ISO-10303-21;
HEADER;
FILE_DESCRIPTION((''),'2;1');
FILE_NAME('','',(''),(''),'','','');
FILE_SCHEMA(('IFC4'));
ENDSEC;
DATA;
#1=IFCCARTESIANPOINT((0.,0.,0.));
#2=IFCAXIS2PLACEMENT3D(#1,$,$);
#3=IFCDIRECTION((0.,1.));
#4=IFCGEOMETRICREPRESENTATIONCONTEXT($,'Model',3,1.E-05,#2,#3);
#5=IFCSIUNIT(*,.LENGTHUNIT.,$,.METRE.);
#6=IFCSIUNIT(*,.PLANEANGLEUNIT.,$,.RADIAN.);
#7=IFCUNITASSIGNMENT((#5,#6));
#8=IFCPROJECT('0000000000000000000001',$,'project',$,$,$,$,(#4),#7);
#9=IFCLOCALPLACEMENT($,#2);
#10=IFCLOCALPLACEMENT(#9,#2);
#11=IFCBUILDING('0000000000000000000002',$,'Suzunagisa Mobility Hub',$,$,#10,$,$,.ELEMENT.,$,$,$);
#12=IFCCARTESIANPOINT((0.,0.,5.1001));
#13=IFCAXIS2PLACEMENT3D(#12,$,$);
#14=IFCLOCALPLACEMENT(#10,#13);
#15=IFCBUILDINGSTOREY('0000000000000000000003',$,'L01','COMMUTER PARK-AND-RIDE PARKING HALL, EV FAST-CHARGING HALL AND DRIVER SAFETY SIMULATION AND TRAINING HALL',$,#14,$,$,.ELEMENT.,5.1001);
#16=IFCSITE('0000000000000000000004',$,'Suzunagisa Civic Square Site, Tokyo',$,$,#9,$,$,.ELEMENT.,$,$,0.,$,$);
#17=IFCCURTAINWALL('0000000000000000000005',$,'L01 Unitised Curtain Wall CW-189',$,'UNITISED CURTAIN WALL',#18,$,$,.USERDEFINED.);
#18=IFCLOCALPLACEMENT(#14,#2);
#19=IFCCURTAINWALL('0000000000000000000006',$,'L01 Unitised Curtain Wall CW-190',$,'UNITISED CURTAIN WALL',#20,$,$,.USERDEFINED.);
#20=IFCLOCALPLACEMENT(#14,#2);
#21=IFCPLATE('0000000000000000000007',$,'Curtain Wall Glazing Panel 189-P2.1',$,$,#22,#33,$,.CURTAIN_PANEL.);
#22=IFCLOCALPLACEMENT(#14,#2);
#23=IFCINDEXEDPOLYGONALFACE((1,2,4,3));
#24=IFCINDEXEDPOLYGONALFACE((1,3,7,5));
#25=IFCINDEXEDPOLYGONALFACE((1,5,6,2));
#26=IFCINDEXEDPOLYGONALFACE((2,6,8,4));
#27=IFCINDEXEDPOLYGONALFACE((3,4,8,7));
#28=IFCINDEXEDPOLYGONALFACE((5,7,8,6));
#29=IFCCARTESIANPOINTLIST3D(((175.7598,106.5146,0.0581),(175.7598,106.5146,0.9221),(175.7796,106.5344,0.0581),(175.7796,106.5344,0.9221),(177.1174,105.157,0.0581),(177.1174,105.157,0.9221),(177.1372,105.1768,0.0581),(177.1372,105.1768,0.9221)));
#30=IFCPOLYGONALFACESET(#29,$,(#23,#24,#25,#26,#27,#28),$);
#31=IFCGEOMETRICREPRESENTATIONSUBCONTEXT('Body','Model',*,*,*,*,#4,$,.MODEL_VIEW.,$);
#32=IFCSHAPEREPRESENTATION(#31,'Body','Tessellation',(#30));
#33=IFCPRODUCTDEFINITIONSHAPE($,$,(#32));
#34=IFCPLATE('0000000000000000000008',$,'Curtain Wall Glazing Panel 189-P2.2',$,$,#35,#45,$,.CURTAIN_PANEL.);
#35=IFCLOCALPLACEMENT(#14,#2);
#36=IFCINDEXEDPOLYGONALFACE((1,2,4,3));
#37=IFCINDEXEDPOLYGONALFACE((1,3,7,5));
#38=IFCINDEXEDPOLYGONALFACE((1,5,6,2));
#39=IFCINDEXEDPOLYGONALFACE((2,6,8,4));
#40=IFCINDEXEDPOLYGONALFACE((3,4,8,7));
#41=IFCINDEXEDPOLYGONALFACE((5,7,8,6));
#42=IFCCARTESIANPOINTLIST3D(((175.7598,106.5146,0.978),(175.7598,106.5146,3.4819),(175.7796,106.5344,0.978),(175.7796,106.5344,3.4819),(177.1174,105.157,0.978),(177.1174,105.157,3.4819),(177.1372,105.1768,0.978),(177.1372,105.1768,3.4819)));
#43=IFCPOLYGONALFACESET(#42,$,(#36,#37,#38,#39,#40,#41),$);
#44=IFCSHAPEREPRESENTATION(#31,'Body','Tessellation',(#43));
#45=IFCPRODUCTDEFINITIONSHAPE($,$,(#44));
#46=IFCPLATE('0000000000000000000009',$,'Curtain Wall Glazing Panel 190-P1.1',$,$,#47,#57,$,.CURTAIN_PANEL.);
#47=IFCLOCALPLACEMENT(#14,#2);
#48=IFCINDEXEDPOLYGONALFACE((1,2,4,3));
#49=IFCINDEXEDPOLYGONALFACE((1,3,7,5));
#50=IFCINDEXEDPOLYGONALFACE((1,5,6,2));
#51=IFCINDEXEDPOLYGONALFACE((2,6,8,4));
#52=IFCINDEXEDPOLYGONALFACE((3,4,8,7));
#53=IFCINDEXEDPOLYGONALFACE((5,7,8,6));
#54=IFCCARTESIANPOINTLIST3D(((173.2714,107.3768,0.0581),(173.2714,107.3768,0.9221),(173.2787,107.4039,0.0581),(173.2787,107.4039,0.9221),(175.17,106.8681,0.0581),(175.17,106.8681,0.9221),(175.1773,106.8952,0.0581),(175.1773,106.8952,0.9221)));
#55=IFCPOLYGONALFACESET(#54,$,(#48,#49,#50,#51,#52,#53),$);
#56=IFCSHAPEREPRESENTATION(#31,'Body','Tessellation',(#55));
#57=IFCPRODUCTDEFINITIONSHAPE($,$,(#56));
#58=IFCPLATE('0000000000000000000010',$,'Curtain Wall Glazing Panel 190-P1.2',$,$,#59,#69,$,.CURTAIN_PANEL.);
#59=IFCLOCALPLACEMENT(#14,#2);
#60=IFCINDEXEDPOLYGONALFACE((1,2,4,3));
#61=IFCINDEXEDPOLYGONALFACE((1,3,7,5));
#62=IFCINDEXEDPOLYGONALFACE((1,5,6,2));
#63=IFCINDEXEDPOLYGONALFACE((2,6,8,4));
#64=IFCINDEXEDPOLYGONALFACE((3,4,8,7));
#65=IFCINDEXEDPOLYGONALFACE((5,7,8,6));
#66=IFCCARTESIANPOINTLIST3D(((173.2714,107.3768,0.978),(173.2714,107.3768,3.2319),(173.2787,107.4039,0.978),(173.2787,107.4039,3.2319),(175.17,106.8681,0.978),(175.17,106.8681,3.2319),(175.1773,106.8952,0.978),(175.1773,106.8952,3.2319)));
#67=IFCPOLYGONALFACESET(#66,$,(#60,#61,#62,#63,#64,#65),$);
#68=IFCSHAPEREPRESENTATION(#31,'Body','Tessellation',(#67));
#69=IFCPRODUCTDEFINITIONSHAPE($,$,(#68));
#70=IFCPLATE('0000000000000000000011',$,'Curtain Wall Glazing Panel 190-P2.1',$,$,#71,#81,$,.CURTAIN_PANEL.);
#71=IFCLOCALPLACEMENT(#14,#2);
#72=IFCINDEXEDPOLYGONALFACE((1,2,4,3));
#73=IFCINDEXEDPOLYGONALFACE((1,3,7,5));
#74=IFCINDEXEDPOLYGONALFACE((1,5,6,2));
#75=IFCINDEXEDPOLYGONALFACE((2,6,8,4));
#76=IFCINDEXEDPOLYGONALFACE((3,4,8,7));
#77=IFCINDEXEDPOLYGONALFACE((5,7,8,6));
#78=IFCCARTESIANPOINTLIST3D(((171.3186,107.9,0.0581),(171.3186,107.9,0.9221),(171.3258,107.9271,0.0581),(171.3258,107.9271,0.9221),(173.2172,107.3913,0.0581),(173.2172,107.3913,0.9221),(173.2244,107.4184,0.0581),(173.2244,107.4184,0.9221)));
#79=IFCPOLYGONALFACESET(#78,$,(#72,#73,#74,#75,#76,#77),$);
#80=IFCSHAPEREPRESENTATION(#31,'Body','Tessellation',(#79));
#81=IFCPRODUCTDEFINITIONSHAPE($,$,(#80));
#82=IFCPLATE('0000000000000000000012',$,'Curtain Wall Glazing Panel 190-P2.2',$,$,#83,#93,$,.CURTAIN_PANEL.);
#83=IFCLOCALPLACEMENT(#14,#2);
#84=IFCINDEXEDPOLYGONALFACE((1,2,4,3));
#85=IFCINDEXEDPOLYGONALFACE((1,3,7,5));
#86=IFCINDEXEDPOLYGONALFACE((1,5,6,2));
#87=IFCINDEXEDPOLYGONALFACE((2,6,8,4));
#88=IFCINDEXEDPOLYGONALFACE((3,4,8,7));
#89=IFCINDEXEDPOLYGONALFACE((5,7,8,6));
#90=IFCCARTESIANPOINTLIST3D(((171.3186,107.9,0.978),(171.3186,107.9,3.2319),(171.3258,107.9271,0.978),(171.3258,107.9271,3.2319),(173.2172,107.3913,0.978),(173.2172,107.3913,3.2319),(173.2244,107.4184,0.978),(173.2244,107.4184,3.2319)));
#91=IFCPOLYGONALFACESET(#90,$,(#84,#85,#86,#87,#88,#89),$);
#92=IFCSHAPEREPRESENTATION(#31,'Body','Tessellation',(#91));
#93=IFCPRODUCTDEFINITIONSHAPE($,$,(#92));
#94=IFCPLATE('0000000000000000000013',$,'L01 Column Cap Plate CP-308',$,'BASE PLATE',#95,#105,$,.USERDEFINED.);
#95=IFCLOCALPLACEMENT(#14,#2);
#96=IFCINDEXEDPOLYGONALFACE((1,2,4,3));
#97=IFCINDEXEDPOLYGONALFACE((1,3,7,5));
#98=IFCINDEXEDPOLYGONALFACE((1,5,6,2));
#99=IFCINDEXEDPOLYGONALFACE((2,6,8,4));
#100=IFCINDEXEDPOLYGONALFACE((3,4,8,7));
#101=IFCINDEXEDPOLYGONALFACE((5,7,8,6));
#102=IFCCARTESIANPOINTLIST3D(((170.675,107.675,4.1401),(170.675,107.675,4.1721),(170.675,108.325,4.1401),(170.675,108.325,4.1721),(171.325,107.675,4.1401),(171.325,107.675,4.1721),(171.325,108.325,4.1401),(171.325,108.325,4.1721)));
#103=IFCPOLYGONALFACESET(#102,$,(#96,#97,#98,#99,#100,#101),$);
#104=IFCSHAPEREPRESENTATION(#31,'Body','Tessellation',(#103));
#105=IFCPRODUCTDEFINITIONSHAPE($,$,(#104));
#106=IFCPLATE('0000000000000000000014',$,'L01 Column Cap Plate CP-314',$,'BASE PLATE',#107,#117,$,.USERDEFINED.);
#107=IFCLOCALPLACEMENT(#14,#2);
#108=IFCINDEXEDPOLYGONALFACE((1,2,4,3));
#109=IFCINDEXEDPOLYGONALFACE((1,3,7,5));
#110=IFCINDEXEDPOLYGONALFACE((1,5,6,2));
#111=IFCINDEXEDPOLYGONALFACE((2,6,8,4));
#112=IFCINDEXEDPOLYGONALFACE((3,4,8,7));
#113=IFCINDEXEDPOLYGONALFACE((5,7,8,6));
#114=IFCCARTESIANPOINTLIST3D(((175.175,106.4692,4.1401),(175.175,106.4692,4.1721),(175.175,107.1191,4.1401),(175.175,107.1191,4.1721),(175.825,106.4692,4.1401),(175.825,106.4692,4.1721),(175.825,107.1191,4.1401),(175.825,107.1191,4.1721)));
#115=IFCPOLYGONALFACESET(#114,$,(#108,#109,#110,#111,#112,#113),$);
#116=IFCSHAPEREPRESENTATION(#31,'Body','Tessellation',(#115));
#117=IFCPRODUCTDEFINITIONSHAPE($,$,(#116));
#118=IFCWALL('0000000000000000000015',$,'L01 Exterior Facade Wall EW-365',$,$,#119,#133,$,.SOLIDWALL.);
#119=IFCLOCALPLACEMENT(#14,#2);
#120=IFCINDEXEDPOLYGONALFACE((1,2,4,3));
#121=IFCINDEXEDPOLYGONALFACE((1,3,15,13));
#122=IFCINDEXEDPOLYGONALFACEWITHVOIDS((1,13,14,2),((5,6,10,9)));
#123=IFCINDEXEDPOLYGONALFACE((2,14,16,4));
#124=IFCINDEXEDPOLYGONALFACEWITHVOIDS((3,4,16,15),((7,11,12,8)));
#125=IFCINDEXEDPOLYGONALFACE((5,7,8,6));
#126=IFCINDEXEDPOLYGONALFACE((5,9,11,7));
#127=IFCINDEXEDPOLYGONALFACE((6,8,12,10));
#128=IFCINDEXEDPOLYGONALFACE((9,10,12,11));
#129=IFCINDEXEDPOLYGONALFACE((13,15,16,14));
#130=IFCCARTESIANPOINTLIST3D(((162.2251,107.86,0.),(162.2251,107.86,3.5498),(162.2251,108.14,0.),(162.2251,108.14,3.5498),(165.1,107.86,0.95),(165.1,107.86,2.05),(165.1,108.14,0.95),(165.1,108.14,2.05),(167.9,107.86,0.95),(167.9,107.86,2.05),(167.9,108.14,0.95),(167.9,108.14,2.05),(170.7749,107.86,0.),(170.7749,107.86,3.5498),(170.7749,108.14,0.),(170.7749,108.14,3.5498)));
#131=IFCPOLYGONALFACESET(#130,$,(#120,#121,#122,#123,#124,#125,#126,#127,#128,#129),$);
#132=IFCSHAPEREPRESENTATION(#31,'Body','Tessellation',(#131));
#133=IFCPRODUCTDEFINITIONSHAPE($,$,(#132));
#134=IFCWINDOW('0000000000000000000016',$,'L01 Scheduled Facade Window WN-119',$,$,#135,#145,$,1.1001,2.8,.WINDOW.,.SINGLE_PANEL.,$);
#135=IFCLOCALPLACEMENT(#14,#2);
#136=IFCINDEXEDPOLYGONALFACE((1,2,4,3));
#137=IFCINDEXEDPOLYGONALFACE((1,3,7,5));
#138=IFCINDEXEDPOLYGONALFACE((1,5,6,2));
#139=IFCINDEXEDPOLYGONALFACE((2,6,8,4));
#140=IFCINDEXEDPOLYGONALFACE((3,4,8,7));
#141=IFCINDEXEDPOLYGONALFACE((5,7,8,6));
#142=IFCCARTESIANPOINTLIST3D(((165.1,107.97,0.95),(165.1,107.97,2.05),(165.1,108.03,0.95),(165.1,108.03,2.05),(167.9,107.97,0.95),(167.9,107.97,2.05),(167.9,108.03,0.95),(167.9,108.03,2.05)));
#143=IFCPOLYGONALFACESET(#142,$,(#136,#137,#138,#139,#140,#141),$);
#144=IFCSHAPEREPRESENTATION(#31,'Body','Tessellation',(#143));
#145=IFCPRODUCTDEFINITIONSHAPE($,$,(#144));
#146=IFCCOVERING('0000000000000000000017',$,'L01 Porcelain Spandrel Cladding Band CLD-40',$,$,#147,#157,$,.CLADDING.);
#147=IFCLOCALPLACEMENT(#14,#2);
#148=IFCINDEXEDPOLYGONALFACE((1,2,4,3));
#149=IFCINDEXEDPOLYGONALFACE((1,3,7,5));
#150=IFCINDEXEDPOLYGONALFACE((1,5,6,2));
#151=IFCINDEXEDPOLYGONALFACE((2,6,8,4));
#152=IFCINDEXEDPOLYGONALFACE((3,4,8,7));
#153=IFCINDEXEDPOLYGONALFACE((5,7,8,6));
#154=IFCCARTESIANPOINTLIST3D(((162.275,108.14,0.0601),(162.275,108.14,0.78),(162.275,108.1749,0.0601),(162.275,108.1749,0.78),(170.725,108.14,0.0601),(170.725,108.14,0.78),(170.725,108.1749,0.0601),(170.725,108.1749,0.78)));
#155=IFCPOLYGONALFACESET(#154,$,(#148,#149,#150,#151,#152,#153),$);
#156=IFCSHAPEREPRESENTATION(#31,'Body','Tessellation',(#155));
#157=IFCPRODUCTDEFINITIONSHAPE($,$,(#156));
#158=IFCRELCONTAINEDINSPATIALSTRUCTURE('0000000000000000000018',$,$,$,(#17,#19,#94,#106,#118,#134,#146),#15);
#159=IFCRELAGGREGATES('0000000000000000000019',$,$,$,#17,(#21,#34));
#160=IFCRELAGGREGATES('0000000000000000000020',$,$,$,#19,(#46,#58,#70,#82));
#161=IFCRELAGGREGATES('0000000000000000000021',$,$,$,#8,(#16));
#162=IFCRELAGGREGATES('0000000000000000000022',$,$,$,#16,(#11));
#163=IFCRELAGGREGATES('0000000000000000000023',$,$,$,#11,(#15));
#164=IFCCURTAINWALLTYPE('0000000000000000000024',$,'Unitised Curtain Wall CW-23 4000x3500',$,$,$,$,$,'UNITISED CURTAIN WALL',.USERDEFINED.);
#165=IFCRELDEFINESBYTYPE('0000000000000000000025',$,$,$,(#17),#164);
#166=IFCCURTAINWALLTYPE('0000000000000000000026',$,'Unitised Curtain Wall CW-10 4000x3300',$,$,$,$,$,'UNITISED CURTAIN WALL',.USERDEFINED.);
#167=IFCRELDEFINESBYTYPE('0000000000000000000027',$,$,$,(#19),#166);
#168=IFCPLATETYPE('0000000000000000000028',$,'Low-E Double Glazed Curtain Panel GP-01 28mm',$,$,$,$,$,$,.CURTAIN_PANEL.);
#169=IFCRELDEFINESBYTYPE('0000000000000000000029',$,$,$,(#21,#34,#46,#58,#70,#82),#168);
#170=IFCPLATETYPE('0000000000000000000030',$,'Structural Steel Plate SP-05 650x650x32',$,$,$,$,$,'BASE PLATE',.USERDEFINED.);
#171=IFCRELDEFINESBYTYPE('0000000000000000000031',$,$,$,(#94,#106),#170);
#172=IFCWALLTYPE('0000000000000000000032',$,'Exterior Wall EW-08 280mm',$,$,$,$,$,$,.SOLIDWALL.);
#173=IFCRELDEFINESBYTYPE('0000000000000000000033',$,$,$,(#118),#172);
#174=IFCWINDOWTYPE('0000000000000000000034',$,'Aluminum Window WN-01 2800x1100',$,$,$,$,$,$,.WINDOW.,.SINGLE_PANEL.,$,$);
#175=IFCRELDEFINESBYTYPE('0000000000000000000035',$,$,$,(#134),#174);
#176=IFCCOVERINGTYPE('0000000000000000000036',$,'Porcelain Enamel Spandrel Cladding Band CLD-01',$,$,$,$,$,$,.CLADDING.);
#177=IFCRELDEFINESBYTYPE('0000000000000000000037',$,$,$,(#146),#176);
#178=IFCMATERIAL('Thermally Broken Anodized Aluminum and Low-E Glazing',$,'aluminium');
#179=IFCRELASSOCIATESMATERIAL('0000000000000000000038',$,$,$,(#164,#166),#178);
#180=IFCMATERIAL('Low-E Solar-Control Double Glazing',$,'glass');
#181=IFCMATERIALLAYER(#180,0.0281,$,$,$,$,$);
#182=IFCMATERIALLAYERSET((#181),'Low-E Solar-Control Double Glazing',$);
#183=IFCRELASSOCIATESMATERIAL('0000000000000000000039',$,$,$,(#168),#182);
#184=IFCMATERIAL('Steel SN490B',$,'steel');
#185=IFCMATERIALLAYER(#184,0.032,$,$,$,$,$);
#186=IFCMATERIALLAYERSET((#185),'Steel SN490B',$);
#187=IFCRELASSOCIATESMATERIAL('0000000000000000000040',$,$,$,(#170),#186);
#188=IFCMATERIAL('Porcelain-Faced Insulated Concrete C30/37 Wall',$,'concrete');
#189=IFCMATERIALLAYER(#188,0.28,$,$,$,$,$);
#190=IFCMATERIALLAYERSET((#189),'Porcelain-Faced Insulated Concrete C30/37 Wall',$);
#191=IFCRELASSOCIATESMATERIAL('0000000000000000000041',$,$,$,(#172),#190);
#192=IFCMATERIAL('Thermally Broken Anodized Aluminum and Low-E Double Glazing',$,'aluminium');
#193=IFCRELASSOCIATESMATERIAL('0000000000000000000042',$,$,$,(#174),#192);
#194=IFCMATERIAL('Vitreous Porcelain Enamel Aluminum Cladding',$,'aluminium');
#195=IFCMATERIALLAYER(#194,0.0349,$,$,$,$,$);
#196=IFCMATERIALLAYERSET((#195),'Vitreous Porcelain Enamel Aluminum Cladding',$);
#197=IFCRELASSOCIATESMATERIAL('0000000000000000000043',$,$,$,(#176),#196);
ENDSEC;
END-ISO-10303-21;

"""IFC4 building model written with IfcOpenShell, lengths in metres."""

from ifc_helpers import new_model, si_unit, direction, frame, frame_2d, origin, origin_2d, place, context, subcontext, project, spatial, rectangle, extrude, material, layer, layer_set, type_object, element, fill, aggregate, save


model = new_model("IFC4")

# Units and contexts
model_context = context("Model", 3, precision=1e-05, world=origin(), true_north=direction((0.0, 1.0)))
body_context = subcontext(model_context, "Body", "Model", "MODEL_VIEW")
ifc_project = project(units=[si_unit("LENGTHUNIT", "METRE"), si_unit("PLANEANGLEUNIT", "RADIAN")], contexts=[model_context])

# Site, building, storey
site_placement = place(None, origin())
site = spatial("IfcSite", under=ifc_project, at=site_placement, Name="Suzunagisa Civic Square Site, Tokyo", CompositionType="ELEMENT", RefElevation=0.0)
building_placement = place(site_placement, origin())
building = spatial("IfcBuilding", under=site, at=building_placement, Name="Suzunagisa Mobility Hub", CompositionType="ELEMENT")
storey_placement = place(building_placement, frame((0.0, 0.0, 5.1001)))
storey = spatial("IfcBuildingStorey", under=building, at=storey_placement, Name="L01", Description="COMMUTER PARK-AND-RIDE PARKING HALL, EV FAST-CHARGING HALL AND DRIVER SAFETY SIMULATION AND TRAINING HALL", CompositionType="ELEMENT", Elevation=5.1001)

# Shared definitions
ifc_material_1 = material(Name="Steel SN490B", Category="steel")

# Curtain walls
ifc_material_2 = material(Name="Thermally Broken Anodized Aluminum and Low-E Glazing", Category="aluminium")
curtain_wall_type_1 = type_object("IfcCurtainWallType", Name="Unitised Curtain Wall CW-23 4000x3500", ElementType="UNITISED CURTAIN WALL", PredefinedType="USERDEFINED", material=ifc_material_2)
curtain_wall_1_placement = place(storey_placement, origin())
curtain_wall_1 = element("IfcCurtainWall", 1, at=curtain_wall_1_placement, inside=storey, type_object=curtain_wall_type_1, Name="L01 Unitised Curtain Wall CW-189", ObjectType="UNITISED CURTAIN WALL", PredefinedType="USERDEFINED")
curtain_wall_type_2 = type_object("IfcCurtainWallType", Name="Unitised Curtain Wall CW-10 4000x3300", ElementType="UNITISED CURTAIN WALL", PredefinedType="USERDEFINED", material=ifc_material_2)
curtain_wall_2_placement = place(storey_placement, origin())
curtain_wall_2 = element("IfcCurtainWall", 2, at=curtain_wall_2_placement, inside=storey, type_object=curtain_wall_type_2, Name="L01 Unitised Curtain Wall CW-190", ObjectType="UNITISED CURTAIN WALL", PredefinedType="USERDEFINED")

# Plates
ifc_material_3 = material(Name="Low-E Solar-Control Double Glazing", Category="glass")
ifc_layer_1 = layer(ifc_material_3, 0.0281)
ifc_layer_set_1 = layer_set([ifc_layer_1], Name="Low-E Solar-Control Double Glazing")
plate_type_1 = type_object("IfcPlateType", Name="Low-E Double Glazed Curtain Panel GP-01 28mm", PredefinedType="CURTAIN_PANEL", material=ifc_layer_set_1)
plate_1_placement = place(storey_placement, frame((176.4485, 105.8457, 0.0581), z_axis=(0.0, 0.0, 1.0), x_axis=(-0.707107, 0.707107, 0.0)))
plate_1 = element("IfcPlate", 3, at=plate_1_placement, type_object=plate_type_1, Name="Curtain Wall Glazing Panel 189-P2.1", PredefinedType="CURTAIN_PANEL", context=body_context, shape_type="SweptSolid", body=[
    extrude(rectangle(XDim=1.9199, YDim=0.0281, at=origin_2d()), origin(), (0.0, 0.0, 1.0), 0.864),
])
plate_2_placement = place(storey_placement, frame((176.4485, 105.8457, 0.978), z_axis=(0.0, 0.0, 1.0), x_axis=(-0.707107, 0.707107, 0.0)))
plate_2 = element("IfcPlate", 4, at=plate_2_placement, type_object=plate_type_1, Name="Curtain Wall Glazing Panel 189-P2.2", PredefinedType="CURTAIN_PANEL", context=body_context, shape_type="SweptSolid", body=[
    extrude(rectangle(XDim=1.9199, YDim=0.0281, at=origin_2d()), origin(), (0.0, 0.0, 1.0), 2.5039),
])
aggregate(curtain_wall_1, [plate_1, plate_2])
plate_3_placement = place(storey_placement, frame((174.2244, 107.136, 0.0581), z_axis=(0.0, 0.0, 1.0), x_axis=(-0.965925, 0.258821, 0.0)))
plate_3 = element("IfcPlate", 5, at=plate_3_placement, type_object=plate_type_1, Name="Curtain Wall Glazing Panel 190-P1.1", PredefinedType="CURTAIN_PANEL", context=body_context, shape_type="SweptSolid", body=[
    extrude(rectangle(XDim=1.9656, YDim=0.0281, at=origin_2d()), origin(), (0.0, 0.0, 1.0), 0.864),
])
plate_4_placement = place(storey_placement, frame((174.2244, 107.136, 0.978), z_axis=(0.0, 0.0, 1.0), x_axis=(-0.965925, 0.258821, 0.0)))
plate_4 = element("IfcPlate", 6, at=plate_4_placement, type_object=plate_type_1, Name="Curtain Wall Glazing Panel 190-P1.2", PredefinedType="CURTAIN_PANEL", context=body_context, shape_type="SweptSolid", body=[
    extrude(rectangle(XDim=1.9656, YDim=0.0281, at=origin_2d()), origin(), (0.0, 0.0, 1.0), 2.2539),
])
plate_5_placement = place(storey_placement, frame((172.2715, 107.6592, 0.0581), z_axis=(0.0, 0.0, 1.0), x_axis=(-0.965925, 0.258821, 0.0)))
plate_5 = element("IfcPlate", 7, at=plate_5_placement, type_object=plate_type_1, Name="Curtain Wall Glazing Panel 190-P2.1", PredefinedType="CURTAIN_PANEL", context=body_context, shape_type="SweptSolid", body=[
    extrude(rectangle(XDim=1.9656, YDim=0.0281, at=origin_2d()), origin(), (0.0, 0.0, 1.0), 0.864),
])
plate_6_placement = place(storey_placement, frame((172.2715, 107.6592, 0.978), z_axis=(0.0, 0.0, 1.0), x_axis=(-0.965925, 0.258821, 0.0)))
plate_6 = element("IfcPlate", 8, at=plate_6_placement, type_object=plate_type_1, Name="Curtain Wall Glazing Panel 190-P2.2", PredefinedType="CURTAIN_PANEL", context=body_context, shape_type="SweptSolid", body=[
    extrude(rectangle(XDim=1.9656, YDim=0.0281, at=origin_2d()), origin(), (0.0, 0.0, 1.0), 2.2539),
])
aggregate(curtain_wall_2, [plate_3, plate_4, plate_5, plate_6])

# Plates
ifc_layer_2 = layer(ifc_material_1, 0.032)
ifc_layer_set_2 = layer_set([ifc_layer_2], Name="Steel SN490B")
plate_type_2 = type_object("IfcPlateType", Name="Structural Steel Plate SP-05 650x650x32", ElementType="BASE PLATE", PredefinedType="USERDEFINED", material=ifc_layer_set_2)
for number, where, z_axis, x_axis, name in (
    (9, (171.0, 108.0, 4.1401), (0.0, 0.0, 1.0), (1.0, 0.0, 0.0), "L01 Column Cap Plate CP-308"),
    (10, (175.5, 106.7942, 4.1401), (0.0, 0.0, 1.0), (1.0, 0.0, 0.0), "L01 Column Cap Plate CP-314"),
):
    element("IfcPlate", number, at=place(storey_placement, frame(where, z_axis=z_axis, x_axis=x_axis)), inside=storey, type_object=plate_type_2, Name=name, ObjectType="BASE PLATE", PredefinedType="USERDEFINED", context=body_context, shape_type="SweptSolid", body=[
        extrude(rectangle(XDim=0.6499, YDim=0.6499, at=origin_2d()), origin(), (0.0, 0.0, 1.0), 0.032),
    ])

# Wall, opening, window
ifc_material_4 = material(Name="Porcelain-Faced Insulated Concrete C30/37 Wall", Category="concrete")
ifc_layer_3 = layer(ifc_material_4, 0.28)
ifc_layer_set_3 = layer_set([ifc_layer_3], Name="Porcelain-Faced Insulated Concrete C30/37 Wall")
wall_type = type_object("IfcWallType", Name="Exterior Wall EW-08 280mm", PredefinedType="SOLIDWALL", material=ifc_layer_set_3)
wall_placement = place(storey_placement, frame((170.7749, 108.0, 0.0), z_axis=(0.0, 0.0, 1.0), x_axis=(-1.0, 0.0, 0.0)))
wall = element("IfcWall", 11, at=wall_placement, inside=storey, type_object=wall_type, Name="L01 Exterior Facade Wall EW-365", PredefinedType="SOLIDWALL", context=body_context, shape_type="SweptSolid", body=[
    extrude(rectangle(XDim=8.5498, YDim=0.28, at=frame_2d((4.2749, 0.0))), origin(), (0.0, 0.0, 1.0), 3.5498),
])
opening_placement = place(wall_placement, frame((2.875, 0.0, 0.95)))
opening = element("IfcOpeningElement", 12, at=opening_placement, cuts=wall, PredefinedType="OPENING", context=body_context, shape_type="SweptSolid", body=[
    extrude(rectangle(XDim=2.8, YDim=1.1001, at=frame_2d((1.3999, 0.55))), frame((0.0, 0.1509, 0.0), z_axis=(0.0, -1.0, 0.0), x_axis=(1.0, 0.0, 0.0)), (0.0, 0.0, 1.0), 0.302),
])
ifc_material_5 = material(Name="Thermally Broken Anodized Aluminum and Low-E Double Glazing", Category="aluminium")
window_type = type_object("IfcWindowType", Name="Aluminum Window WN-01 2800x1100", PartitioningType="SINGLE_PANEL", PredefinedType="WINDOW", material=ifc_material_5)
window_placement = place(opening_placement, origin())
window = element("IfcWindow", 13, at=window_placement, inside=storey, type_object=window_type, Name="L01 Scheduled Facade Window WN-119", OverallHeight=1.1001, OverallWidth=2.8, PartitioningType="SINGLE_PANEL", PredefinedType="WINDOW", context=body_context, shape_type="SweptSolid", body=[
    extrude(rectangle(XDim=2.8, YDim=1.1001, at=frame_2d((1.3999, 0.55))), frame((0.0, 0.03, 0.0), z_axis=(0.0, -1.0, 0.0), x_axis=(1.0, 0.0, 0.0)), (0.0, 0.0, 1.0), 0.0601),
])
fill(opening, window)

# Covering
ifc_material_6 = material(Name="Vitreous Porcelain Enamel Aluminum Cladding", Category="aluminium")
ifc_layer_4 = layer(ifc_material_6, 0.0349)
ifc_layer_set_4 = layer_set([ifc_layer_4], Name="Vitreous Porcelain Enamel Aluminum Cladding")
covering_type = type_object("IfcCoveringType", Name="Porcelain Enamel Spandrel Cladding Band CLD-01", PredefinedType="CLADDING", material=ifc_layer_set_4)
covering_placement = place(storey_placement, frame((166.5, 108.1575, 0.0601), z_axis=(0.0, 0.0, 1.0), x_axis=(-1.0, 0.0, 0.0)))
element("IfcCovering", 14, at=covering_placement, inside=storey, type_object=covering_type, Name="L01 Porcelain Spandrel Cladding Band CLD-40", PredefinedType="CLADDING", context=body_context, shape_type="SweptSolid", body=[
    extrude(rectangle(XDim=8.45, YDim=0.0349, at=origin_2d()), origin(), (0.0, 0.0, 1.0), 0.72),
])

save(model, "model.ifc")
